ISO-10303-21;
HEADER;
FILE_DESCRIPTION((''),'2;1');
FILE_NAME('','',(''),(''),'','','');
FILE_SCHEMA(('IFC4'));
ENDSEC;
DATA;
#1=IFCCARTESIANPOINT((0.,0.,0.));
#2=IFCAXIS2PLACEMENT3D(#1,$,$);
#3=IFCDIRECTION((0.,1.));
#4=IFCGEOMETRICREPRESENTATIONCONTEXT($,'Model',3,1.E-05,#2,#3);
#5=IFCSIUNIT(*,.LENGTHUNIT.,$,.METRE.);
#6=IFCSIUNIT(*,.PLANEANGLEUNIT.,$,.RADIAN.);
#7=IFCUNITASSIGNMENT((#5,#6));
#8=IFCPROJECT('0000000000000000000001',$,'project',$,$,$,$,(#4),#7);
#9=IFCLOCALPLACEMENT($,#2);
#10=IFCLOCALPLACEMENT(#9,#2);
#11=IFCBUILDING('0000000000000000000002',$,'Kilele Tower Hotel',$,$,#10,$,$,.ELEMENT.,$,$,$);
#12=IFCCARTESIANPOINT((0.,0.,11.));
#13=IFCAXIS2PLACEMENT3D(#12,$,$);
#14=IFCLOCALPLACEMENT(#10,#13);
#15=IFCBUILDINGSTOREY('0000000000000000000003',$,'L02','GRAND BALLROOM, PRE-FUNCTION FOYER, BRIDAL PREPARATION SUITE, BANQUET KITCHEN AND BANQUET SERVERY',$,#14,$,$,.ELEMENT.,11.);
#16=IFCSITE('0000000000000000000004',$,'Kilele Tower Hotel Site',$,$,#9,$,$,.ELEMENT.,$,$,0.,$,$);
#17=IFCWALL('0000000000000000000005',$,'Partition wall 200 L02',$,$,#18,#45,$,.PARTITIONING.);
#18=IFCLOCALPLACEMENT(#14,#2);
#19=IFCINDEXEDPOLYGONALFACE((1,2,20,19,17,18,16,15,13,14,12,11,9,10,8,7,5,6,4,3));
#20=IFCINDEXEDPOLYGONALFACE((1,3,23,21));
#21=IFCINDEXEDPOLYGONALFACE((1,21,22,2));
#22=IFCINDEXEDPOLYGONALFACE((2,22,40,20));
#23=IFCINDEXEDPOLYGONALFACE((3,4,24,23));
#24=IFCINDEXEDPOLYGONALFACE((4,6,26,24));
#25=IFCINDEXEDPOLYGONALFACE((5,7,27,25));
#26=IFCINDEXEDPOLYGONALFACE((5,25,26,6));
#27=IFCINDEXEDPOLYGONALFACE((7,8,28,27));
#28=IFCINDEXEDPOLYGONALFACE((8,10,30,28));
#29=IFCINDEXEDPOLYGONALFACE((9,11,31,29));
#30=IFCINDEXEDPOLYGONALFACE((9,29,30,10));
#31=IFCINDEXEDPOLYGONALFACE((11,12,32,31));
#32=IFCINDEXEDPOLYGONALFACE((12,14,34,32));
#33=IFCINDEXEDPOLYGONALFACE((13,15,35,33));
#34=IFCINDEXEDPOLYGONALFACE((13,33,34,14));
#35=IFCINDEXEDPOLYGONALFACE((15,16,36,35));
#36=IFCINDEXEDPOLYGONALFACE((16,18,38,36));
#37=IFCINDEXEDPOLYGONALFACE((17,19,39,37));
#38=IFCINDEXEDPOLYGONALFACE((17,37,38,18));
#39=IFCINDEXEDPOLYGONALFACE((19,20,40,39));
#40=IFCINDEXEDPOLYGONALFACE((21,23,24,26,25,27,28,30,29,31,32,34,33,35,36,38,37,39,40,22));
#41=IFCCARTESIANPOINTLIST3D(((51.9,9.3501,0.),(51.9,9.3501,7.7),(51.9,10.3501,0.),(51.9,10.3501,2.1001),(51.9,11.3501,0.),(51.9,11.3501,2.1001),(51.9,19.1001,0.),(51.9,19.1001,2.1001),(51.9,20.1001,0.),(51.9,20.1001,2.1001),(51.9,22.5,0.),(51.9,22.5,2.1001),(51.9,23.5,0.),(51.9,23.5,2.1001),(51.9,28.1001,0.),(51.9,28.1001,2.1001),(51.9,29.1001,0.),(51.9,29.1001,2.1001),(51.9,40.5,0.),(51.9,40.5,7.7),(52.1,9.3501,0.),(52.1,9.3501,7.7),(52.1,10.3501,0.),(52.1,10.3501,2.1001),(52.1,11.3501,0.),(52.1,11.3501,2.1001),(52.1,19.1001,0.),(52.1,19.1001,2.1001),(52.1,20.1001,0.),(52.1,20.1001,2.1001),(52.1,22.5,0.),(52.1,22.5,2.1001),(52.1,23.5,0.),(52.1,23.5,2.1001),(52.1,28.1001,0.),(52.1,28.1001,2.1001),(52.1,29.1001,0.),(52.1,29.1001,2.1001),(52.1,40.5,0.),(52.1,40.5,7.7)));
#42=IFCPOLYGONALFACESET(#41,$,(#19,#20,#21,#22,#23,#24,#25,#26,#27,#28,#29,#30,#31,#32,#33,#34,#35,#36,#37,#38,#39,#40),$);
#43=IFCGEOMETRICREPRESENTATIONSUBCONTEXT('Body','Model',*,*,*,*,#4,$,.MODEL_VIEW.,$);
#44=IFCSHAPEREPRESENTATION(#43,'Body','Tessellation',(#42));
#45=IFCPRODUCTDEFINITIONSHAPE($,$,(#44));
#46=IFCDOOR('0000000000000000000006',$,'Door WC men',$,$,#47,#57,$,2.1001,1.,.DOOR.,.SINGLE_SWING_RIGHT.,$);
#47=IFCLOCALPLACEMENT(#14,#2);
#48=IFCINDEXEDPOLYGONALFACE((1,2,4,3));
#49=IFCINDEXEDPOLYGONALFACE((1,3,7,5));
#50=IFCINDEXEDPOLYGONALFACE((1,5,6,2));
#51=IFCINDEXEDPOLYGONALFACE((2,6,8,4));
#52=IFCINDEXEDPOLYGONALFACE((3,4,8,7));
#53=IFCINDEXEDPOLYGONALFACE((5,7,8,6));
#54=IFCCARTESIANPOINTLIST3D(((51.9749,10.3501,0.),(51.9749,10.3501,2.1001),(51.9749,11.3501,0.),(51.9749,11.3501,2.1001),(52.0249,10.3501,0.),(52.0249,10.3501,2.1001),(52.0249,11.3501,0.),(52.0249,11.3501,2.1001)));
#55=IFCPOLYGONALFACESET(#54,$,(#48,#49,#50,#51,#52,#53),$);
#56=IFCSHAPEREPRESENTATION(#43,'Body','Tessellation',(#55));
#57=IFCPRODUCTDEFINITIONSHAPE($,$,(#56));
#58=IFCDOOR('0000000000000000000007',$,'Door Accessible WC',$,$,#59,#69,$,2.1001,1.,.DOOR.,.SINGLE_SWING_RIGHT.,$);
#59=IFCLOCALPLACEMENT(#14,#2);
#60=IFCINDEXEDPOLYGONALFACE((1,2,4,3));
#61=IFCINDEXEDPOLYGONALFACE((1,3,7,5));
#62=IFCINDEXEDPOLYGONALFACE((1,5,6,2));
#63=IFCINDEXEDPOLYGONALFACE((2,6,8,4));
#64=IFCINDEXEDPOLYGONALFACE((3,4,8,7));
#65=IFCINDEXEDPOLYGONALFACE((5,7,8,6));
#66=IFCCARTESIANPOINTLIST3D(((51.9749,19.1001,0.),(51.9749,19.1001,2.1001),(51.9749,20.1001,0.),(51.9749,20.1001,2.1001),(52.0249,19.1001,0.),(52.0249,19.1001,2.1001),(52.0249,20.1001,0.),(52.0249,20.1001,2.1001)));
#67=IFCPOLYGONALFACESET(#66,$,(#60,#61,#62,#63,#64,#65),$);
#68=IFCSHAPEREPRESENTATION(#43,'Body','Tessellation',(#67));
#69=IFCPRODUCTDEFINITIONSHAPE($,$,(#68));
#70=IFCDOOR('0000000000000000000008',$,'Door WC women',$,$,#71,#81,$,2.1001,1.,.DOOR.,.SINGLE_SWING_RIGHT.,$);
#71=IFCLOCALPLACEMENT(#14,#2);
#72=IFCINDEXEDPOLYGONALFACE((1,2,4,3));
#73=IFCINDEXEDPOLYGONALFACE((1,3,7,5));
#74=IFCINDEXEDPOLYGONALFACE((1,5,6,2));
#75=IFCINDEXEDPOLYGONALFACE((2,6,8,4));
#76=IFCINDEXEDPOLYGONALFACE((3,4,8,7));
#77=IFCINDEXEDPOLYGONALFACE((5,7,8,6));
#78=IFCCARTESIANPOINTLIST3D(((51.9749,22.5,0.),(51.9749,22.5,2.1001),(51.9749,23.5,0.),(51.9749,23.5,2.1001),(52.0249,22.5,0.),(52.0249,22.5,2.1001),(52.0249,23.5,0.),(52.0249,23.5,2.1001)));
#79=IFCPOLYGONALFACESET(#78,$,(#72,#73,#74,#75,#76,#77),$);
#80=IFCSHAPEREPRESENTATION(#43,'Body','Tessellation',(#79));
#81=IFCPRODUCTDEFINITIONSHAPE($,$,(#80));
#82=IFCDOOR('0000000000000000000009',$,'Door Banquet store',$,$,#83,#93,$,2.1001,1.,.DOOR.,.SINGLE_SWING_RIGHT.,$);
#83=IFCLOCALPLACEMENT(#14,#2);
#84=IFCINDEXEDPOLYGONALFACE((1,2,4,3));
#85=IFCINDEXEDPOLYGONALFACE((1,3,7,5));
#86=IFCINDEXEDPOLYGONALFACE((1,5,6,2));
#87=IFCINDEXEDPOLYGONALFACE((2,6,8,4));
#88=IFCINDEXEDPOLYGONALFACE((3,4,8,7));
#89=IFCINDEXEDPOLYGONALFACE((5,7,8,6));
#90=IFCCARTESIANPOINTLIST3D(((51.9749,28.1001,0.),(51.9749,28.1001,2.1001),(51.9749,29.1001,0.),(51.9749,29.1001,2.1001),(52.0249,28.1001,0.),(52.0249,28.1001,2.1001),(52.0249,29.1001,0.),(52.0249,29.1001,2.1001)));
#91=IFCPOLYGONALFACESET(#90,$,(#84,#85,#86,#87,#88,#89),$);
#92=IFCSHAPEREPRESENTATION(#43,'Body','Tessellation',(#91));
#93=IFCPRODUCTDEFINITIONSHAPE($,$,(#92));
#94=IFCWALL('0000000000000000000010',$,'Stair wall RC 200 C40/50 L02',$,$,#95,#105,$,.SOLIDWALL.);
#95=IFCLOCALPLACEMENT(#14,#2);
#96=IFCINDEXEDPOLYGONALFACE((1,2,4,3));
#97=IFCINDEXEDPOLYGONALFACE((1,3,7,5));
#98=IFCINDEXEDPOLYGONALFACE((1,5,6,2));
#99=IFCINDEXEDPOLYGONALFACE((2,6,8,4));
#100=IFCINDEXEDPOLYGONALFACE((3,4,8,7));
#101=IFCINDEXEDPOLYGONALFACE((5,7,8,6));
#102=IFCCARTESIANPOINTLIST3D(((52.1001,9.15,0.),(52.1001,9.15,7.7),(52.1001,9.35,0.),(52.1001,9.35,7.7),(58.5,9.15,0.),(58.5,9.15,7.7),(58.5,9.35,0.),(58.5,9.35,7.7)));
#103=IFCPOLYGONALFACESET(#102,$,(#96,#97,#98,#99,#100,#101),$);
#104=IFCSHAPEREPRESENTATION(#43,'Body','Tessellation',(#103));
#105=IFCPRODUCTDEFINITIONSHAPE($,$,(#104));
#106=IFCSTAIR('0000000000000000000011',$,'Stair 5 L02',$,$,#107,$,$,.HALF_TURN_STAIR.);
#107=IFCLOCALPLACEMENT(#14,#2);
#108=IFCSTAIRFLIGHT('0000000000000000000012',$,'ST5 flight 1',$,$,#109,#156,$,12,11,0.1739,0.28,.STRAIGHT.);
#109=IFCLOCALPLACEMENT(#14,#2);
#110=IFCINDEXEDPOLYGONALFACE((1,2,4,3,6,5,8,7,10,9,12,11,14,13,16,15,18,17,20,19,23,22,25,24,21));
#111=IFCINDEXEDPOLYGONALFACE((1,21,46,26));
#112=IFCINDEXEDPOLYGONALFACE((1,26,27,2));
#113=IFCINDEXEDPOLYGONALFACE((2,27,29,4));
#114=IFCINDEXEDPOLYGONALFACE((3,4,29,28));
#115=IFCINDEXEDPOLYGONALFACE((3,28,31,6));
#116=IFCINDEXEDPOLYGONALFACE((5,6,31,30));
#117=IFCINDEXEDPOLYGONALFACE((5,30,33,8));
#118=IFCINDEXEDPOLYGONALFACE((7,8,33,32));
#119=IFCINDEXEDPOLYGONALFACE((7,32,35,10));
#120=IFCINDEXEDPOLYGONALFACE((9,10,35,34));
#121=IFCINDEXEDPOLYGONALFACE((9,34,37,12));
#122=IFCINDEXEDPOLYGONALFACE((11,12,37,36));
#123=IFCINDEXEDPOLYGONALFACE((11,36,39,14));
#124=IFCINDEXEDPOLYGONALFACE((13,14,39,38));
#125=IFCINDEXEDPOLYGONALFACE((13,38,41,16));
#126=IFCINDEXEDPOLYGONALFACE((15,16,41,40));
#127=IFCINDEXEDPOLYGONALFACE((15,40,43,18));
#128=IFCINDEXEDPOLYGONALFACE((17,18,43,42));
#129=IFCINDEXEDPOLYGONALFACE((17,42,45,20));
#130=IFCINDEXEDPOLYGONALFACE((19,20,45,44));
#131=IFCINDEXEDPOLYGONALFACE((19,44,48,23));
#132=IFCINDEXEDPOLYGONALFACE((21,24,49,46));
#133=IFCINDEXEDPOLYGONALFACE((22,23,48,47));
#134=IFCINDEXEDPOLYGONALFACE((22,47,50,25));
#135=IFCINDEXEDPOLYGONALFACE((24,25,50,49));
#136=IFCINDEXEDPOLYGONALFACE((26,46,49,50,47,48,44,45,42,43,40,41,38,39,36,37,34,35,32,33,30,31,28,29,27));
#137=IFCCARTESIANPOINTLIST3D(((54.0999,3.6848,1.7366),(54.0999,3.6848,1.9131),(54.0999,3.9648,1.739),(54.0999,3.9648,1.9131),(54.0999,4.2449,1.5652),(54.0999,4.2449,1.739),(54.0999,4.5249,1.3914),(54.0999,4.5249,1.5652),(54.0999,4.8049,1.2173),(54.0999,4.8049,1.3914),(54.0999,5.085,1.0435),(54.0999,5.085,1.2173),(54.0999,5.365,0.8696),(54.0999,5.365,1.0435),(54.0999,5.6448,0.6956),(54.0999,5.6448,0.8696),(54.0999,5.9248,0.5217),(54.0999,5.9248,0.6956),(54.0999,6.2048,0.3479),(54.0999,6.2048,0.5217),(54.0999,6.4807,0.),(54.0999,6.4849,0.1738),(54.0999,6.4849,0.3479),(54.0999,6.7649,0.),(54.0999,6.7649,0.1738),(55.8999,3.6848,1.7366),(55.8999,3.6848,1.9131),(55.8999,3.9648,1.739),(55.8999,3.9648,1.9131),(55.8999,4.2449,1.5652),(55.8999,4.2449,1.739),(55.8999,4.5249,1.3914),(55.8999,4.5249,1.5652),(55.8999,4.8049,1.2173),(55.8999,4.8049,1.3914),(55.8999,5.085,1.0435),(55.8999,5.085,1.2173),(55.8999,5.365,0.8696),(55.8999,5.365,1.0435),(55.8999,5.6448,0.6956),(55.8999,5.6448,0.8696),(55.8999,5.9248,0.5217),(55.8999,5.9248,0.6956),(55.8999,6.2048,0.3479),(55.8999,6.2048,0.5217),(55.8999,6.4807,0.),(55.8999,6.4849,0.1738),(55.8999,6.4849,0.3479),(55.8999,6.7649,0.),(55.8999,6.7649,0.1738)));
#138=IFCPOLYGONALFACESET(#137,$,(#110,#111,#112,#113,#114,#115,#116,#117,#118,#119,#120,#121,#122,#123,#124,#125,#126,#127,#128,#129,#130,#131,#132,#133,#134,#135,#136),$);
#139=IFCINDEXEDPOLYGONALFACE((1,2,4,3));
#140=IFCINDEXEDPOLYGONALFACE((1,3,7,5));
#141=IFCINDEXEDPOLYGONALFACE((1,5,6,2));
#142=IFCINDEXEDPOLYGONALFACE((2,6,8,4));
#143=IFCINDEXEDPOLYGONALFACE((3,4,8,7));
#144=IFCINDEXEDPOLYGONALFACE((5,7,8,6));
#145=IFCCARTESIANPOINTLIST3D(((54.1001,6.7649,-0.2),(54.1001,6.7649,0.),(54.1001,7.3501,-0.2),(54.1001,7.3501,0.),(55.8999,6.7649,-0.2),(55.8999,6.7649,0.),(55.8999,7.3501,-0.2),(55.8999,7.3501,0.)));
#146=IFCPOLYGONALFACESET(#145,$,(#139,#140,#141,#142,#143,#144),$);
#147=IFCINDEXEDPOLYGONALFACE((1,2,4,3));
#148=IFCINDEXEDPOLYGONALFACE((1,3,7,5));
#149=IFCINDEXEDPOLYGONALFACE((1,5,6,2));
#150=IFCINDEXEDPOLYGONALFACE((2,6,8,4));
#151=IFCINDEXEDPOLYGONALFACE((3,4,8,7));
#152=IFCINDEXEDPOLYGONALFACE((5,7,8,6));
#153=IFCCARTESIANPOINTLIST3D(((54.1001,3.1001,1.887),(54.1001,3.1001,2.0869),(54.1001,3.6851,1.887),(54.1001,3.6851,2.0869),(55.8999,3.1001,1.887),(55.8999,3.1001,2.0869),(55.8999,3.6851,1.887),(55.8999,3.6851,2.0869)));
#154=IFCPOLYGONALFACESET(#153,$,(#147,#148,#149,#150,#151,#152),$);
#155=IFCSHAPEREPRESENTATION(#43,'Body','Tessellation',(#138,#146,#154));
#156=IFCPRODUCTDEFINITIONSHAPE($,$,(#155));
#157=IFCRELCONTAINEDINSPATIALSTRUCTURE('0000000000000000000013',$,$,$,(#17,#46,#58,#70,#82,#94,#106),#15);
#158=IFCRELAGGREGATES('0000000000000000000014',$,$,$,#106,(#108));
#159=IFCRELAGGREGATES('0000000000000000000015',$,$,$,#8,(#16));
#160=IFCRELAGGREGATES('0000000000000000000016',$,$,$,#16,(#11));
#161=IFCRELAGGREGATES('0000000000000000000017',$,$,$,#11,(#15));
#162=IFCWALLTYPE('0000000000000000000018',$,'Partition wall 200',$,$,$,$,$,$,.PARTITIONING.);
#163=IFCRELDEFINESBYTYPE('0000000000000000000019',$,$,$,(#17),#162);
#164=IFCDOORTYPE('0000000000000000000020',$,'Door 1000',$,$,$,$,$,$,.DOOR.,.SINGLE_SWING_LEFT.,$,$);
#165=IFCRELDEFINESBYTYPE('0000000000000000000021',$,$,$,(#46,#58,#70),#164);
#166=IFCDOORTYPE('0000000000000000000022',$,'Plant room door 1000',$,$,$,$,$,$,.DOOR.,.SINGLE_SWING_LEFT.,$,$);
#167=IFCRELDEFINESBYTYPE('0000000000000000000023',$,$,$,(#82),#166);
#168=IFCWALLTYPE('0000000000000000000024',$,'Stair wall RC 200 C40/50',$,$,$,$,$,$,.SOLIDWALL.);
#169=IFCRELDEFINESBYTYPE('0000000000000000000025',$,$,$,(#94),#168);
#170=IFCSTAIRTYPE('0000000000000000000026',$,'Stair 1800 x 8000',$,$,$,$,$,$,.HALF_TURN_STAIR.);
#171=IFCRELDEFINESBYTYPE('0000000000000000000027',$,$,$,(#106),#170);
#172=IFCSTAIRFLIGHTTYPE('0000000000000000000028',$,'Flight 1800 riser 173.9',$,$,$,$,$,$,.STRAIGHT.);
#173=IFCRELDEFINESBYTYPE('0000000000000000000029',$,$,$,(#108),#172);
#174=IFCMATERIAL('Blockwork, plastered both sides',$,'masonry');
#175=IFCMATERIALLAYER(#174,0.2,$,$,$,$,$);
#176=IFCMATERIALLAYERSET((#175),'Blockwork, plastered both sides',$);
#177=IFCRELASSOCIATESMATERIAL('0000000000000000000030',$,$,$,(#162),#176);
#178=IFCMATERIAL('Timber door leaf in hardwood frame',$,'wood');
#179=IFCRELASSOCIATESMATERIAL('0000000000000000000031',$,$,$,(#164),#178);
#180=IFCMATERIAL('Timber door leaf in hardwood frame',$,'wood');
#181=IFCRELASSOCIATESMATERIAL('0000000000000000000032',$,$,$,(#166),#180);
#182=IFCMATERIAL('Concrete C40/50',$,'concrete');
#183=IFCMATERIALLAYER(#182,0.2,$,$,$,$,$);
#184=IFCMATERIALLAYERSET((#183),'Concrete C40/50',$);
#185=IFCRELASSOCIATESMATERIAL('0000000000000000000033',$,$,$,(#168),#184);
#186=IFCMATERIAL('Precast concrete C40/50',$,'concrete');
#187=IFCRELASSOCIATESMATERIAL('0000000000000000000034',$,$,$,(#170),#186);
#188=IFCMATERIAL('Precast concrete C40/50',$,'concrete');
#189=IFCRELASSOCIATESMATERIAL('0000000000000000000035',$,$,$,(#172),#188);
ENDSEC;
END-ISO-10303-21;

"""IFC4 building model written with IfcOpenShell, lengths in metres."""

from ifc_helpers import new_model, si_unit, direction, frame, frame_2d, origin, place, context, subcontext, project, spatial, polyline, rectangle, outline, extrude, material, layer, layer_set, type_object, element, fill, aggregate, save


model = new_model("IFC4")

# Units and contexts
model_context = context("Model", 3, precision=1e-05, world=origin(), true_north=direction((0.0, 1.0)))
body_context = subcontext(model_context, "Body", "Model", "MODEL_VIEW")
ifc_project = project(units=[si_unit("LENGTHUNIT", "METRE"), si_unit("PLANEANGLEUNIT", "RADIAN")], contexts=[model_context])

# Site, building, storey
site_placement = place(None, origin())
site = spatial("IfcSite", under=ifc_project, at=site_placement, Name="Kilele Tower Hotel Site", CompositionType="ELEMENT", RefElevation=0.0)
building_placement = place(site_placement, origin())
building = spatial("IfcBuilding", under=site, at=building_placement, Name="Kilele Tower Hotel", CompositionType="ELEMENT")
storey_placement = place(building_placement, frame((0.0, 0.0, 11.0)))
storey = spatial("IfcBuildingStorey", under=building, at=storey_placement, Name="L02", Description="GRAND BALLROOM, PRE-FUNCTION FOYER, BRIDAL PREPARATION SUITE, BANQUET KITCHEN AND BANQUET SERVERY", CompositionType="ELEMENT", Elevation=11.0)

# Shared definitions
ifc_material_1 = material(Name="Blockwork, plastered both sides", Category="masonry")
ifc_layer_1 = layer(ifc_material_1, 0.2)
ifc_layer_set_1 = layer_set([ifc_layer_1], Name="Blockwork, plastered both sides")
wall_type_1 = type_object("IfcWallType", Name="Partition wall 200", PredefinedType="PARTITIONING", material=ifc_layer_set_1)

# Wall, openings, doors
wall_1_placement = place(storey_placement, frame((52.0, 9.3501, 0.0), z_axis=(0.0, 0.0, 1.0), x_axis=(0.0, 1.0, 0.0)))
wall_1 = element("IfcWall", 1, at=wall_1_placement, inside=storey, type_object=wall_type_1, Name="Partition wall 200 L02", PredefinedType="PARTITIONING", context=body_context, shape_type="SweptSolid", body=[
    extrude(rectangle(XDim=31.1499, YDim=0.2, at=frame_2d((15.575, 0.0))), origin(), (0.0, 0.0, 1.0), 7.7),
])
opening_1_placement = place(wall_1_placement, frame((2.0, 0.0, 0.0), z_axis=(0.0, 0.0, 1.0), x_axis=(-1.0, 0.0, 0.0)))
opening_1 = element("IfcOpeningElement", 2, at=opening_1_placement, cuts=wall_1, PredefinedType="OPENING", context=body_context, shape_type="SweptSolid", body=[
    extrude(rectangle(XDim=1.0, YDim=2.1001, at=frame_2d((0.5, 1.05))), frame((0.0, 0.1099, 0.0), z_axis=(0.0, -1.0, 0.0), x_axis=(1.0, 0.0, 0.0)), (0.0, 0.0, 1.0), 0.22),
])
opening_2_placement = place(wall_1_placement, frame((10.75, 0.0, 0.0), z_axis=(0.0, 0.0, 1.0), x_axis=(-1.0, 0.0, 0.0)))
opening_2 = element("IfcOpeningElement", 3, at=opening_2_placement, cuts=wall_1, PredefinedType="OPENING", context=body_context, shape_type="SweptSolid", body=[
    extrude(rectangle(XDim=1.0, YDim=2.1001, at=frame_2d((0.5, 1.05))), frame((0.0, 0.1099, 0.0), z_axis=(0.0, -1.0, 0.0), x_axis=(1.0, 0.0, 0.0)), (0.0, 0.0, 1.0), 0.22),
])
opening_3_placement = place(wall_1_placement, frame((14.1499, 0.0, 0.0), z_axis=(0.0, 0.0, 1.0), x_axis=(-1.0, 0.0, 0.0)))
opening_3 = element("IfcOpeningElement", 4, at=opening_3_placement, cuts=wall_1, PredefinedType="OPENING", context=body_context, shape_type="SweptSolid", body=[
    extrude(rectangle(XDim=1.0, YDim=2.1001, at=frame_2d((0.5, 1.05))), frame((0.0, 0.1099, 0.0), z_axis=(0.0, -1.0, 0.0), x_axis=(1.0, 0.0, 0.0)), (0.0, 0.0, 1.0), 0.22),
])
opening_4_placement = place(wall_1_placement, frame((19.75, 0.0, 0.0), z_axis=(0.0, 0.0, 1.0), x_axis=(-1.0, 0.0, 0.0)))
opening_4 = element("IfcOpeningElement", 5, at=opening_4_placement, cuts=wall_1, PredefinedType="OPENING", context=body_context, shape_type="SweptSolid", body=[
    extrude(rectangle(XDim=1.0, YDim=2.1001, at=frame_2d((0.5, 1.05))), frame((0.0, 0.1099, 0.0), z_axis=(0.0, -1.0, 0.0), x_axis=(1.0, 0.0, 0.0)), (0.0, 0.0, 1.0), 0.22),
])
ifc_material_2 = material(Name="Timber door leaf in hardwood frame", Category="wood")
door_type_1 = type_object("IfcDoorType", Name="Door 1000", OperationType="SINGLE_SWING_LEFT", PredefinedType="DOOR", material=ifc_material_2)
door_1_placement = place(opening_1_placement, origin())
door_1 = element("IfcDoor", 6, at=door_1_placement, inside=storey, type_object=door_type_1, Name="Door WC men", OperationType="SINGLE_SWING_RIGHT", OverallHeight=2.1001, OverallWidth=1.0, PredefinedType="DOOR", context=body_context, shape_type="SweptSolid", body=[
    extrude(rectangle(XDim=1.0, YDim=2.1001, at=frame_2d((0.5, 1.05))), frame((0.0, 0.0249, 0.0), z_axis=(0.0, -1.0, 0.0), x_axis=(1.0, 0.0, 0.0)), (0.0, 0.0, 1.0), 0.05),
])
fill(opening_1, door_1)
door_2_placement = place(opening_2_placement, origin())
door_2 = element("IfcDoor", 7, at=door_2_placement, inside=storey, type_object=door_type_1, Name="Door Accessible WC", OperationType="SINGLE_SWING_RIGHT", OverallHeight=2.1001, OverallWidth=1.0, PredefinedType="DOOR", context=body_context, shape_type="SweptSolid", body=[
    extrude(rectangle(XDim=1.0, YDim=2.1001, at=frame_2d((0.5, 1.05))), frame((0.0, 0.0249, 0.0), z_axis=(0.0, -1.0, 0.0), x_axis=(1.0, 0.0, 0.0)), (0.0, 0.0, 1.0), 0.05),
])
fill(opening_2, door_2)
door_3_placement = place(opening_3_placement, origin())
door_3 = element("IfcDoor", 8, at=door_3_placement, inside=storey, type_object=door_type_1, Name="Door WC women", OperationType="SINGLE_SWING_RIGHT", OverallHeight=2.1001, OverallWidth=1.0, PredefinedType="DOOR", context=body_context, shape_type="SweptSolid", body=[
    extrude(rectangle(XDim=1.0, YDim=2.1001, at=frame_2d((0.5, 1.05))), frame((0.0, 0.0249, 0.0), z_axis=(0.0, -1.0, 0.0), x_axis=(1.0, 0.0, 0.0)), (0.0, 0.0, 1.0), 0.05),
])
fill(opening_3, door_3)
ifc_material_3 = material(Name="Timber door leaf in hardwood frame", Category="wood")
door_type_2 = type_object("IfcDoorType", Name="Plant room door 1000", OperationType="SINGLE_SWING_LEFT", PredefinedType="DOOR", material=ifc_material_3)
door_4_placement = place(opening_4_placement, origin())
door_4 = element("IfcDoor", 9, at=door_4_placement, inside=storey, type_object=door_type_2, Name="Door Banquet store", OperationType="SINGLE_SWING_RIGHT", OverallHeight=2.1001, OverallWidth=1.0, PredefinedType="DOOR", context=body_context, shape_type="SweptSolid", body=[
    extrude(rectangle(XDim=1.0, YDim=2.1001, at=frame_2d((0.5, 1.05))), frame((0.0, 0.0249, 0.0), z_axis=(0.0, -1.0, 0.0), x_axis=(1.0, 0.0, 0.0)), (0.0, 0.0, 1.0), 0.05),
])
fill(opening_4, door_4)

# Wall
ifc_material_4 = material(Name="Concrete C40/50", Category="concrete")
ifc_layer_2 = layer(ifc_material_4, 0.2)
ifc_layer_set_2 = layer_set([ifc_layer_2], Name="Concrete C40/50")
wall_type_2 = type_object("IfcWallType", Name="Stair wall RC 200 C40/50", PredefinedType="SOLIDWALL", material=ifc_layer_set_2)
wall_2_placement = place(storey_placement, frame((52.1001, 9.25, 0.0), z_axis=(0.0, 0.0, 1.0), x_axis=(1.0, 0.0, 0.0)))
element("IfcWall", 10, at=wall_2_placement, inside=storey, type_object=wall_type_2, Name="Stair wall RC 200 C40/50 L02", PredefinedType="SOLIDWALL", context=body_context, shape_type="SweptSolid", body=[
    extrude(rectangle(XDim=6.3999, YDim=0.2, at=frame_2d((3.2, 0.0))), origin(), (0.0, 0.0, 1.0), 7.7),
])

# Stair, stair flight
ifc_material_5 = material(Name="Precast concrete C40/50", Category="concrete")
stair_type = type_object("IfcStairType", Name="Stair 1800 x 8000", PredefinedType="HALF_TURN_STAIR", material=ifc_material_5)
stair_placement = place(storey_placement, origin())
stair = element("IfcStair", 11, at=stair_placement, inside=storey, type_object=stair_type, Name="Stair 5 L02", PredefinedType="HALF_TURN_STAIR")
ifc_material_6 = material(Name="Precast concrete C40/50", Category="concrete")
stair_flight_type = type_object("IfcStairFlightType", Name="Flight 1800 riser 173.9", PredefinedType="STRAIGHT", material=ifc_material_6)
stair_flight_1_placement = place(storey_placement, frame((55.0, 6.7649, 0.0), z_axis=(0.0, 0.0, 1.0), x_axis=(0.0, -1.0, 0.0)))
stair_flight_1 = element("IfcStairFlight", 12, at=stair_flight_1_placement, type_object=stair_flight_type, Name="ST5 flight 1", NumberOfRisers=12, NumberOfTreads=11, PredefinedType="STRAIGHT", RiserHeight=0.1739, TreadLength=0.28, context=body_context, shape_type="SweptSolid", body=[
    extrude(outline(polyline([(0.0, 0.0), (0.0, 0.1738), (0.28, 0.1738), (0.28, 0.3479), (0.5601, 0.3479), (0.5601, 0.5217), (0.8401, 0.5217), (0.8401, 0.6956), (1.1201, 0.6956), (1.1201, 0.8696), (1.3999, 0.8696), (1.3999, 1.0435), (1.6799, 1.0435), (1.6799, 1.2173), (1.96, 1.2173), (1.96, 1.3914), (2.24, 1.3914), (2.24, 1.5652), (2.52, 1.5652), (2.52, 1.739), (2.8, 1.739), (2.8, 1.9131), (3.0801, 1.9131), (3.0801, 2.0869), (3.0801, 1.7366), (0.2842, 0.0), (0.0, 0.0)])), frame((0.0, 0.8999, 0.0), z_axis=(0.0, -1.0, 0.0), x_axis=(1.0, 0.0, 0.0)), (0.0, 0.0, 1.0), 1.8),
    extrude(outline(polyline([(0.0, -0.8999), (0.0, 0.8999), (-0.5852, 0.8999), (-0.5852, -0.8999), (0.0, -0.8999)])), frame((0.0, 0.0, -0.2)), (0.0, 0.0, 1.0), 0.2),
    extrude(outline(polyline([(3.6648, -0.8999), (3.6648, 0.8999), (3.0798, 0.8999), (3.0798, -0.8999), (3.6648, -0.8999)])), frame((0.0, 0.0, 1.887)), (0.0, 0.0, 1.0), 0.2),
])
aggregate(stair, [stair_flight_1])

save(model, "model.ifc")
